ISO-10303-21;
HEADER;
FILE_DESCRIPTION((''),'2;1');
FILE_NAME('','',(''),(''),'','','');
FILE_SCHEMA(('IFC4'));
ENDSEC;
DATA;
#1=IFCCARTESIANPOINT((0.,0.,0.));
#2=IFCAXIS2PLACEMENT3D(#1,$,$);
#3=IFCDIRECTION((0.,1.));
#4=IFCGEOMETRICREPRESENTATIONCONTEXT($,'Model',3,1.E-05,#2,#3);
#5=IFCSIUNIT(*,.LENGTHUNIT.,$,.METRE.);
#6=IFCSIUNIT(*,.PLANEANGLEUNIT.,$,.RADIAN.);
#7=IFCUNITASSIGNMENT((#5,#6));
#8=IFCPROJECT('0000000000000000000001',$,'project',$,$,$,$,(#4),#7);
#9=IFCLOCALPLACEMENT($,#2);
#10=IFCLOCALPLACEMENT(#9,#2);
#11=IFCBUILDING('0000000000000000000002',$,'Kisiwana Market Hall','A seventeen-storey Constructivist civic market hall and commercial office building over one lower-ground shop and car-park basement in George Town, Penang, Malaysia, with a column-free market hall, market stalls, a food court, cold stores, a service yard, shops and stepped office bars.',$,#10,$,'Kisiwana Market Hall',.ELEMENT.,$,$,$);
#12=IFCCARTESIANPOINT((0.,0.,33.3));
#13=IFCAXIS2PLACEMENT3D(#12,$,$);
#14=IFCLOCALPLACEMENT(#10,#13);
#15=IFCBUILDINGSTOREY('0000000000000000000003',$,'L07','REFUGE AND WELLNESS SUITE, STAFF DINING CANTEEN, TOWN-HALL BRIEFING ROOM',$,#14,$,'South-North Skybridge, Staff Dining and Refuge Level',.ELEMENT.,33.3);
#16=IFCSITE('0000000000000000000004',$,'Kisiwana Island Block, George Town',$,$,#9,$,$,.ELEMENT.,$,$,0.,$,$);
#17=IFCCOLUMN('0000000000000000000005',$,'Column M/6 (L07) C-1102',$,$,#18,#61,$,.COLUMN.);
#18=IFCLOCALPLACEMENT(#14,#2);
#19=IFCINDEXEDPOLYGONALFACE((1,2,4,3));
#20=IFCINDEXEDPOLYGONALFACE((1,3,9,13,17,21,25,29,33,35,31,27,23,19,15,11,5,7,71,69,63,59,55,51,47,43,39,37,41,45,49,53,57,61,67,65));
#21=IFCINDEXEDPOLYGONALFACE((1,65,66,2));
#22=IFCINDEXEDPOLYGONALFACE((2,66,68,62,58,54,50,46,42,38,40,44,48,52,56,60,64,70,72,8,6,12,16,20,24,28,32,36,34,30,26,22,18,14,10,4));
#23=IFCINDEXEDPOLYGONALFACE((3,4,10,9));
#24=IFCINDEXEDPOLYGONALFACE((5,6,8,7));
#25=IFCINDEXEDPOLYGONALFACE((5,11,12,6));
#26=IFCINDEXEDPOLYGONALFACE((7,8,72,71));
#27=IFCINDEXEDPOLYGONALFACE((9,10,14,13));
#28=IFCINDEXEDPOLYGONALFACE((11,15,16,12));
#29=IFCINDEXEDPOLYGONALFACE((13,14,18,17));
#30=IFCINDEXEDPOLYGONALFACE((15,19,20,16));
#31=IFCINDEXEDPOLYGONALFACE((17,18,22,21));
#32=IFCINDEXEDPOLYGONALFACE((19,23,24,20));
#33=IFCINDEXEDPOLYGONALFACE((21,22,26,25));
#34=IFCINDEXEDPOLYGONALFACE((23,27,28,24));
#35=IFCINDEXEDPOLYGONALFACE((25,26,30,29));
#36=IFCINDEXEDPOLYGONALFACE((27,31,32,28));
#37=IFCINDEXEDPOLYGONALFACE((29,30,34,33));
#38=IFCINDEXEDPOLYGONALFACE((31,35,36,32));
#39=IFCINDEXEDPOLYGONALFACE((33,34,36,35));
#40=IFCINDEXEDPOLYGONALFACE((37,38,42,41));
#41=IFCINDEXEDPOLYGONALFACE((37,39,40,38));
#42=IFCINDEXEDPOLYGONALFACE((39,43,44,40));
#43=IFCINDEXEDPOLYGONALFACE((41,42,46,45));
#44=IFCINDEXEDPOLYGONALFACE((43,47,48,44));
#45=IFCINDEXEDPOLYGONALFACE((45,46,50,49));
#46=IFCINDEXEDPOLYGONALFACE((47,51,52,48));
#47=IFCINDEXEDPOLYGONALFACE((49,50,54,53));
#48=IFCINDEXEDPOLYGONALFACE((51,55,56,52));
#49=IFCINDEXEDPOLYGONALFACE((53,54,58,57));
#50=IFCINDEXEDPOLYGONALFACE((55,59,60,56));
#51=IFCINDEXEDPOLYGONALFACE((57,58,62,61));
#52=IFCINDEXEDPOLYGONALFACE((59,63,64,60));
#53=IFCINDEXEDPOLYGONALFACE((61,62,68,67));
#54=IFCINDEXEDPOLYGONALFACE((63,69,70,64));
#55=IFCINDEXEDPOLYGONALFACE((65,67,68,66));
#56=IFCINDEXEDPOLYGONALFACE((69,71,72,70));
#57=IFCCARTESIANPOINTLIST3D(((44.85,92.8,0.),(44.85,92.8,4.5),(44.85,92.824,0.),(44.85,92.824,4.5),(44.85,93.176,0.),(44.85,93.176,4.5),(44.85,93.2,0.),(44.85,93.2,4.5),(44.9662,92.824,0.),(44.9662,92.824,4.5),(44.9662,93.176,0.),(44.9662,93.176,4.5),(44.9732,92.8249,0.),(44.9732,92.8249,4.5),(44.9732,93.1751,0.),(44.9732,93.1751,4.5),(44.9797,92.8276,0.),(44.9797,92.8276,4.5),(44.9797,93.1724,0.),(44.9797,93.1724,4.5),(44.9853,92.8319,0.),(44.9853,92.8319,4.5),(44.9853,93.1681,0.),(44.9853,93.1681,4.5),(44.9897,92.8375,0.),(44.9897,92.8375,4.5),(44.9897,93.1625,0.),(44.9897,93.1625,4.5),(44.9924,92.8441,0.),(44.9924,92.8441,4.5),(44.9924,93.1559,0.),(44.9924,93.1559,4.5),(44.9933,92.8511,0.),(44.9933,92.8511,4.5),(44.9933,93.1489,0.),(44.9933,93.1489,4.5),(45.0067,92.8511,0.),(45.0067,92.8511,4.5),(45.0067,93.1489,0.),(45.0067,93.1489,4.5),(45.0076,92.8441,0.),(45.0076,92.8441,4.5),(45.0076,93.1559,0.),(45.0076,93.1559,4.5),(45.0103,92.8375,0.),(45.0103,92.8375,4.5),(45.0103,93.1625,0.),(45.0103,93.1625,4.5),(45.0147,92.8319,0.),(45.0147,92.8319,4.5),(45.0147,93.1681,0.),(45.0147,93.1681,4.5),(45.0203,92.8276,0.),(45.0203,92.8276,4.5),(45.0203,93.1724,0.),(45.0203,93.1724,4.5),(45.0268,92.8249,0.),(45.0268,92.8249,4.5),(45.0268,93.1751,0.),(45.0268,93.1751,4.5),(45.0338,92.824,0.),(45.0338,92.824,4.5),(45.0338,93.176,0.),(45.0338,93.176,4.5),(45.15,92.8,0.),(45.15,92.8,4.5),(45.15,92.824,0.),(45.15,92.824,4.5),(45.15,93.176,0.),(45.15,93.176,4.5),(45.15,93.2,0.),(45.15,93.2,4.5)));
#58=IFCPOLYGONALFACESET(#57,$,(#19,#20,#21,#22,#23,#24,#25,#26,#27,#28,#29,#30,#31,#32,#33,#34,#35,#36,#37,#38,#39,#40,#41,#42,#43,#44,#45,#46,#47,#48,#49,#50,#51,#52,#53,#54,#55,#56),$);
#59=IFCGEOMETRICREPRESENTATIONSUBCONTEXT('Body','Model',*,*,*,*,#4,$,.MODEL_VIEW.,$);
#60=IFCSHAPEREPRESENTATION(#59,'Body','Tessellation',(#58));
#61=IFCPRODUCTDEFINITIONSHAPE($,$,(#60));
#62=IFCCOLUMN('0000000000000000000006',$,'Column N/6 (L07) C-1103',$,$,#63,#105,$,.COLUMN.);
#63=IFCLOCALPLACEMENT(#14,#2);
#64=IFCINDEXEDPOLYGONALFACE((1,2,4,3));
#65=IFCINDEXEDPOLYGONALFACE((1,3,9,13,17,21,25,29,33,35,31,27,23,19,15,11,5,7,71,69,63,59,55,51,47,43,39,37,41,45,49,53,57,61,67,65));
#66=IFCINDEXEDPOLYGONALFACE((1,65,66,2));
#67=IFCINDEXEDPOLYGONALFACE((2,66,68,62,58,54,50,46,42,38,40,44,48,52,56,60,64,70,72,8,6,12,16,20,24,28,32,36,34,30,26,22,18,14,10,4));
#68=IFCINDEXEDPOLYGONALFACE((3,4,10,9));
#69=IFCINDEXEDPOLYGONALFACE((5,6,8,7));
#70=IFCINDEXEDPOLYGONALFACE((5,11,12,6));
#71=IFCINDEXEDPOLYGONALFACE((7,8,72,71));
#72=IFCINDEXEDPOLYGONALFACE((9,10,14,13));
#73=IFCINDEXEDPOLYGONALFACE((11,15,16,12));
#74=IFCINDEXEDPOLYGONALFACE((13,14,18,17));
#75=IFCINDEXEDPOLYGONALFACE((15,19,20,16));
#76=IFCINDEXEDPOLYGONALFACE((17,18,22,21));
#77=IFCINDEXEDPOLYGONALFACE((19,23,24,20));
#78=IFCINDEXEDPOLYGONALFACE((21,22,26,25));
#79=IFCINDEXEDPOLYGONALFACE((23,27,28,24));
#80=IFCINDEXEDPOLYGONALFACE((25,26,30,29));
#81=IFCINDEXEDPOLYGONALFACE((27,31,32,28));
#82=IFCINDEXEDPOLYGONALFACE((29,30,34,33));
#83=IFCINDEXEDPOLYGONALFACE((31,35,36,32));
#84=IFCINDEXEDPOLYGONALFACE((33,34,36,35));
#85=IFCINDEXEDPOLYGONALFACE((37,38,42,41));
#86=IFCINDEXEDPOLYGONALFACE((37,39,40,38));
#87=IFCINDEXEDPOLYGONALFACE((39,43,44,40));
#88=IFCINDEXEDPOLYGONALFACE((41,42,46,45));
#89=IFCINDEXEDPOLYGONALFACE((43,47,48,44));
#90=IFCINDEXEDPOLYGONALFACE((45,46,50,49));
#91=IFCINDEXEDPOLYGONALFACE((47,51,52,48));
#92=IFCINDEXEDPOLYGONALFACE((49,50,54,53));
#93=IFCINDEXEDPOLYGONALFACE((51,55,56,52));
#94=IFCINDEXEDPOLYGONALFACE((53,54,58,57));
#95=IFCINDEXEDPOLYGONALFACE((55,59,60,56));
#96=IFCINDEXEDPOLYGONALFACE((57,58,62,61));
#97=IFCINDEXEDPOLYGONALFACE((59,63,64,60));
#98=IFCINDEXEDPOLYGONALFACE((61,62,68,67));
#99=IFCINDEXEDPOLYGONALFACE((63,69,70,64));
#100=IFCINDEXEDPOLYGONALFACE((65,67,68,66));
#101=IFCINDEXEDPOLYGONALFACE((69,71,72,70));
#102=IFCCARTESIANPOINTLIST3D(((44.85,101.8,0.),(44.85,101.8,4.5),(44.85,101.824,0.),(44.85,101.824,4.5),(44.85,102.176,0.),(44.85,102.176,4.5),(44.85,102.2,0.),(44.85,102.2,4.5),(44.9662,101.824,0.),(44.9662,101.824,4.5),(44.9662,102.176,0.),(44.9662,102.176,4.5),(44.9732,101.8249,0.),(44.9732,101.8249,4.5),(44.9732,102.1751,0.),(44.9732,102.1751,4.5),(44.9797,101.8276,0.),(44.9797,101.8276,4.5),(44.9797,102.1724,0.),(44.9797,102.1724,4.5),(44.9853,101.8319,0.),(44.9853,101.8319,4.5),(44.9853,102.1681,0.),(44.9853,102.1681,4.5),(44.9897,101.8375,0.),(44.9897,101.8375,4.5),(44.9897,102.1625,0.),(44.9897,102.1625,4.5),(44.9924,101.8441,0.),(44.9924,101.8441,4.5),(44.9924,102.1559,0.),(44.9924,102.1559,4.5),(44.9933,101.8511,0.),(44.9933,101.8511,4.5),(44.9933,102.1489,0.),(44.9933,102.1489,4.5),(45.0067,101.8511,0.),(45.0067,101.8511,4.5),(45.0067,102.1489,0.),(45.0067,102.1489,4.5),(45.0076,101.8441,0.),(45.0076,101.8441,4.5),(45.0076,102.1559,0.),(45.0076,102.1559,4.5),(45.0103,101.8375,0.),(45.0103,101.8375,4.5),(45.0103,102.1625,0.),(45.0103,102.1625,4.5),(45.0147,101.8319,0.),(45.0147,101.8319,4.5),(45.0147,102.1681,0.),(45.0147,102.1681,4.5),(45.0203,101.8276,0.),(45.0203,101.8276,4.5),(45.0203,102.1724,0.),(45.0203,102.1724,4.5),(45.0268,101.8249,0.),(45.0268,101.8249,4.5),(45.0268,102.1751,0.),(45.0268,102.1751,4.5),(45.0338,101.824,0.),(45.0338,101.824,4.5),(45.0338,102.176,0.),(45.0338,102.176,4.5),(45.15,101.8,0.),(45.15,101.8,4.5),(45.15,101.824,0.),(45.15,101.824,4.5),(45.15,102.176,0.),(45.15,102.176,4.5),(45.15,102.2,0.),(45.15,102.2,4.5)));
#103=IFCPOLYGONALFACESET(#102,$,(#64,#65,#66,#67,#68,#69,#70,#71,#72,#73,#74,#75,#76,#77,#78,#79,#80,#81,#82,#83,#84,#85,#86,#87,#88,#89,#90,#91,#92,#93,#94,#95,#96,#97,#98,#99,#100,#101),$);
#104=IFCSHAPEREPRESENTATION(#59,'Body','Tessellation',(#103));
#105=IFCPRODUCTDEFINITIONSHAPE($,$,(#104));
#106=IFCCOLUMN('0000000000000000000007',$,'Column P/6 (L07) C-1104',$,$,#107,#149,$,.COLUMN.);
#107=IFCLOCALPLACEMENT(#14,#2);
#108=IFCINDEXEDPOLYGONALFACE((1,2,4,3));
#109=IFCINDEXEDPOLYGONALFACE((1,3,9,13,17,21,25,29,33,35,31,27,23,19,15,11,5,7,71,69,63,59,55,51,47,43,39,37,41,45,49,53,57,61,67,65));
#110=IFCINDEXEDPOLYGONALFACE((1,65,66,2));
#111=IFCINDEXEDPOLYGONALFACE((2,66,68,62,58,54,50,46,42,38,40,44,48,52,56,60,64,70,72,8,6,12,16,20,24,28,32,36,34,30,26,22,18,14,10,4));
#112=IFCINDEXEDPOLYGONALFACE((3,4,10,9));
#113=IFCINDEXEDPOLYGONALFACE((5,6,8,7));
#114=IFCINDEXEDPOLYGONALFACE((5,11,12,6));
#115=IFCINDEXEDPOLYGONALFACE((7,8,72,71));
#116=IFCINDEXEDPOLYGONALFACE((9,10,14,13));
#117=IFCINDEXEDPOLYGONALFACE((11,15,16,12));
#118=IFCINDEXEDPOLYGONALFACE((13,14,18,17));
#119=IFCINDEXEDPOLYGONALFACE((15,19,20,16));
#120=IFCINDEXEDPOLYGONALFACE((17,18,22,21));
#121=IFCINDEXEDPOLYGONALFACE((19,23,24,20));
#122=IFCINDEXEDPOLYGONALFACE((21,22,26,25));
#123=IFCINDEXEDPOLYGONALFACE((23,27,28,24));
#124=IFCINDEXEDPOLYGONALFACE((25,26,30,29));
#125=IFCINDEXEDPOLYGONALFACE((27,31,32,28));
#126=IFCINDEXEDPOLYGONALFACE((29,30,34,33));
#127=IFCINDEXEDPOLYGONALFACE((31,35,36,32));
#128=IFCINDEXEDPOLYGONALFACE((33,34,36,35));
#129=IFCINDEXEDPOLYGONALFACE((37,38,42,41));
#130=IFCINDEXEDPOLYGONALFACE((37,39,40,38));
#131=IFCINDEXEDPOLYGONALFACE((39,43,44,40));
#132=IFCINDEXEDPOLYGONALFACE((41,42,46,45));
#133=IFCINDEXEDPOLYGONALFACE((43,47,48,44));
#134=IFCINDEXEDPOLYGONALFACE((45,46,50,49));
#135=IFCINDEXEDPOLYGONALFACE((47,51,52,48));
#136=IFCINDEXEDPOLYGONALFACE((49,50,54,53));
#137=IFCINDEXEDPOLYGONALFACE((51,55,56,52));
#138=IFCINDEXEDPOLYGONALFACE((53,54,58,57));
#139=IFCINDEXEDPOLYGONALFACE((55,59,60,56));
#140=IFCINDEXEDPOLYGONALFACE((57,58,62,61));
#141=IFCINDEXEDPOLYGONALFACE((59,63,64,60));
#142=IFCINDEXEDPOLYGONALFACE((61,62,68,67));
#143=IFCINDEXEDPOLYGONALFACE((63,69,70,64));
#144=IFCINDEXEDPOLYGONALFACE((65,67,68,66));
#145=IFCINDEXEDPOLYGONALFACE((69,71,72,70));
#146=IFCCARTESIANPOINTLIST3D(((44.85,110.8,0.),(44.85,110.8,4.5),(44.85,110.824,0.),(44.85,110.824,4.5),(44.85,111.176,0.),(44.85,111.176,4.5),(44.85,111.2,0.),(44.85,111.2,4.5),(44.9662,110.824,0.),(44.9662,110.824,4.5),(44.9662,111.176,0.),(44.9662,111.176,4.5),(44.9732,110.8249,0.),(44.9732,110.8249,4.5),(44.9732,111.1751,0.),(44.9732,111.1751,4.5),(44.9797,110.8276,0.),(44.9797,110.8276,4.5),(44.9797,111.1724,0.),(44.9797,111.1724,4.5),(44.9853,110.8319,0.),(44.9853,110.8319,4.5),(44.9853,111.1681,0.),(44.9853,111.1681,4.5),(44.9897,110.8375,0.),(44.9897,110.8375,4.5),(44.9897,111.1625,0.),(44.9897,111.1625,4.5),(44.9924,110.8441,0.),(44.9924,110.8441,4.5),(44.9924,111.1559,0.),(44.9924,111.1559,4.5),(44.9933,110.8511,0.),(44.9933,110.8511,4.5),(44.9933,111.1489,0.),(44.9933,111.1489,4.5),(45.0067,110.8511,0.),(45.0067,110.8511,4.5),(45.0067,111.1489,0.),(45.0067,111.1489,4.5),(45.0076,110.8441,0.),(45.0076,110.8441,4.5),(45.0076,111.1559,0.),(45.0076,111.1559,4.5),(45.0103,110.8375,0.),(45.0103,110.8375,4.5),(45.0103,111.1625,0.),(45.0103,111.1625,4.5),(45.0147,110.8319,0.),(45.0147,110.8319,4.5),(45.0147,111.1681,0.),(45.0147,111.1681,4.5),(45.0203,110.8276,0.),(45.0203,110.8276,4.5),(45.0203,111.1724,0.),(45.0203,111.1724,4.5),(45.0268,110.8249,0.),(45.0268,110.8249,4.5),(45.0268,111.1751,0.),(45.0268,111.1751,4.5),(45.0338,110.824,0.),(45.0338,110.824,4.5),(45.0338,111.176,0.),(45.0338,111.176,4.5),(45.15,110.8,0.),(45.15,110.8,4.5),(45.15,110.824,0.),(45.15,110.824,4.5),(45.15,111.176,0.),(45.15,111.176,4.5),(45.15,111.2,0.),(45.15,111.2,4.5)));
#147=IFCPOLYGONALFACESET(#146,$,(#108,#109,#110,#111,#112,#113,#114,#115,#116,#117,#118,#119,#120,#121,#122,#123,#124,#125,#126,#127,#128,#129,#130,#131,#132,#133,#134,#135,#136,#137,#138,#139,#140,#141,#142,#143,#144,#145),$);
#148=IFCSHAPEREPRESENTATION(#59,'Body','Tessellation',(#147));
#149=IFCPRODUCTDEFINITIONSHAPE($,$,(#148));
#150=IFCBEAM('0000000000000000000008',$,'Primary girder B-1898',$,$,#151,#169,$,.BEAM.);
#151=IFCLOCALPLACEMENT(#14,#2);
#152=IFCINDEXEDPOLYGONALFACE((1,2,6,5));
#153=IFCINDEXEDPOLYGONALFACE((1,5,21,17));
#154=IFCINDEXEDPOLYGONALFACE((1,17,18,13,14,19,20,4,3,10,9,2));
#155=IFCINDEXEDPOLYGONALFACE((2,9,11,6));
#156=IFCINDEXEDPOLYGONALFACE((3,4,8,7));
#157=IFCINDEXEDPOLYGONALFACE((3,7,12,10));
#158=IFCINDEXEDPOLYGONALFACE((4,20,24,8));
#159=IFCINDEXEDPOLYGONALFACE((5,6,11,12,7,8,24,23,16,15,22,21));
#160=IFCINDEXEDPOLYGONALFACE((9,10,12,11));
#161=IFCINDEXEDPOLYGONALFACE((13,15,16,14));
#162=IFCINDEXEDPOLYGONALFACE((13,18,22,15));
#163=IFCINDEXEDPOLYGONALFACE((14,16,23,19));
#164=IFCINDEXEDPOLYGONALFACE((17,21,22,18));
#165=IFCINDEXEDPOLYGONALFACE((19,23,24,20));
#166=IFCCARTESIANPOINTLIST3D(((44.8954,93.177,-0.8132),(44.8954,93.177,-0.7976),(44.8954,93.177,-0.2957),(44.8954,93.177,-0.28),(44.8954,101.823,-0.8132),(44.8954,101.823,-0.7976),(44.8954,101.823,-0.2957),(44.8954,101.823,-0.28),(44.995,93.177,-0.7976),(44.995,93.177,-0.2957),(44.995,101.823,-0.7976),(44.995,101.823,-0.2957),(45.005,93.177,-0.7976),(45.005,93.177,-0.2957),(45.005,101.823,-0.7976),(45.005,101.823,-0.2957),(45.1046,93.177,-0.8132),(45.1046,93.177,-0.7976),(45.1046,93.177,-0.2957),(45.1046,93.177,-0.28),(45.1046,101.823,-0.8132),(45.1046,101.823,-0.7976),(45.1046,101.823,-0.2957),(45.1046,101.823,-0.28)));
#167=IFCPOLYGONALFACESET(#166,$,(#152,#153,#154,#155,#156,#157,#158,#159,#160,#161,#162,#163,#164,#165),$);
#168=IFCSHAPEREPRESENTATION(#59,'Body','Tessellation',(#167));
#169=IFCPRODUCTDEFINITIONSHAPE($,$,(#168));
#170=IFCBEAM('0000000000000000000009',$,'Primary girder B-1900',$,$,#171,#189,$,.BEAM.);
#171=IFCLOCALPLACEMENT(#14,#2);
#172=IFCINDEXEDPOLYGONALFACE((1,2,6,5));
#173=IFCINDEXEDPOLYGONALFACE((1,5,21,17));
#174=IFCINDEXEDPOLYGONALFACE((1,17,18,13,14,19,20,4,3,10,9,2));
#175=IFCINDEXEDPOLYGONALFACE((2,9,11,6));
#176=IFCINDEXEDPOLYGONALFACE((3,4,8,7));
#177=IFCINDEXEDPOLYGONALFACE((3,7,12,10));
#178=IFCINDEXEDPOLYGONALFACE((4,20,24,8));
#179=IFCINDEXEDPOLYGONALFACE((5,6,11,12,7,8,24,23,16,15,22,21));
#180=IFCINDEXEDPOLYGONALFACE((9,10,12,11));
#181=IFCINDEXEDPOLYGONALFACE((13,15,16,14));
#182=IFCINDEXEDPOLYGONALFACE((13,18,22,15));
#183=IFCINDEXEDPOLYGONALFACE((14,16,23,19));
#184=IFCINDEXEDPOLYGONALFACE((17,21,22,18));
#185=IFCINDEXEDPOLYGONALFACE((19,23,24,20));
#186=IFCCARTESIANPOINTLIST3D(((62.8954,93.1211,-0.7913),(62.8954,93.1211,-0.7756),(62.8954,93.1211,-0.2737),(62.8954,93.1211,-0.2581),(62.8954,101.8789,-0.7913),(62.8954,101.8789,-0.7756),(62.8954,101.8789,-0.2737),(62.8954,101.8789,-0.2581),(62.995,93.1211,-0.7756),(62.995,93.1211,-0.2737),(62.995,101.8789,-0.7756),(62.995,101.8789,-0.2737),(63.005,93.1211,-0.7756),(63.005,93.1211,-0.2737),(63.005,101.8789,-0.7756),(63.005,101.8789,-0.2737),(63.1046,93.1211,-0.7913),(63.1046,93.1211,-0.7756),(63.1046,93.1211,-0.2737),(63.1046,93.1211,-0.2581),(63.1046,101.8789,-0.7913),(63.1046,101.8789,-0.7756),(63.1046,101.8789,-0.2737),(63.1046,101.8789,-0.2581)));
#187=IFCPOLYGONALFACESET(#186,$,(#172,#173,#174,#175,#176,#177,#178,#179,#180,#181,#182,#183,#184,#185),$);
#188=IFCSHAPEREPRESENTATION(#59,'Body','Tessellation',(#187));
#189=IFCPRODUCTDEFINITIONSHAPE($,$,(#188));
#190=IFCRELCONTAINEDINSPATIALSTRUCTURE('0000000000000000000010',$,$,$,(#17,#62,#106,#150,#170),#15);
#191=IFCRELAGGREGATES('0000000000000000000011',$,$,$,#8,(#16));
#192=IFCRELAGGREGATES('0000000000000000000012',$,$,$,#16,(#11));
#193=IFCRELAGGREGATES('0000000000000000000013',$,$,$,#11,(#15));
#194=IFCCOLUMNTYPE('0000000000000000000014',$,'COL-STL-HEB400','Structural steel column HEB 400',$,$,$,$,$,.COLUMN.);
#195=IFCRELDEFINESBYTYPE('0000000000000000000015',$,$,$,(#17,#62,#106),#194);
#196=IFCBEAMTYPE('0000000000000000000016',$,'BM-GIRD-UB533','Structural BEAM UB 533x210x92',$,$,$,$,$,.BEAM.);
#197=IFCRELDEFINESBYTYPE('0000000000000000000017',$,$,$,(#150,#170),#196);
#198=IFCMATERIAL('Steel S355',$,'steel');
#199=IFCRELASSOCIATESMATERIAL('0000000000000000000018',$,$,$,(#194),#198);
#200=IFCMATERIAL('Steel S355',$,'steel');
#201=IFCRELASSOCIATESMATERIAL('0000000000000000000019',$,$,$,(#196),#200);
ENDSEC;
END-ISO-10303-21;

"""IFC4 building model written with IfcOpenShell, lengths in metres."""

from ifc_helpers import new_model, si_unit, direction, frame, origin, origin_2d, place, context, subcontext, project, spatial, i_section, extrude, material, material_profile, profile_set, type_object, element, save


model = new_model("IFC4")

# Units and contexts
model_context = context("Model", 3, precision=1e-05, world=origin(), true_north=direction((0.0, 1.0)))
body_context = subcontext(model_context, "Body", "Model", "MODEL_VIEW")
ifc_project = project(units=[si_unit("LENGTHUNIT", "METRE"), si_unit("PLANEANGLEUNIT", "RADIAN")], contexts=[model_context])

# Site, building, storey
site_placement = place(None, origin())
site = spatial("IfcSite", under=ifc_project, at=site_placement, Name="Kisiwana Island Block, George Town", CompositionType="ELEMENT", RefElevation=0.0)
building_placement = place(site_placement, origin())
building = spatial("IfcBuilding", under=site, at=building_placement, Name="Kisiwana Market Hall", Description="A seventeen-storey Constructivist civic market hall and commercial office building over one lower-ground shop and car-park basement in George Town, Penang, Malaysia, with a column-free market hall, market stalls, a food court, cold stores, a service yard, shops and stepped office bars.", LongName="Kisiwana Market Hall", CompositionType="ELEMENT")
storey_placement = place(building_placement, frame((0.0, 0.0, 33.3)))
storey = spatial("IfcBuildingStorey", under=building, at=storey_placement, Name="L07", Description="REFUGE AND WELLNESS SUITE, STAFF DINING CANTEEN, TOWN-HALL BRIEFING ROOM", LongName="South-North Skybridge, Staff Dining and Refuge Level", CompositionType="ELEMENT", Elevation=33.3)

# Columns
ifc_material_1 = material(Name="Steel S355", Category="steel")
ifc_material_profile_1 = material_profile(ifc_material_1, i_section(OverallWidth=0.3, OverallDepth=0.3999, WebThickness=0.0134, FlangeThickness=0.0239, FilletRadius=0.0271, at=origin_2d()), Name="HEB 400")
ifc_profile_set_1 = profile_set([ifc_material_profile_1], Name="Steel S355")
column_type = type_object("IfcColumnType", Name="COL-STL-HEB400", Description="Structural steel column HEB 400", PredefinedType="COLUMN", material=ifc_profile_set_1)
for number, where, z_axis, x_axis, name in (
    (1, (45.0, 93.0, 0.0), (0.0, 0.0, 1.0), (1.0, 0.0, 0.0), "Column M/6 (L07) C-1102"),
    (2, (45.0, 102.0, 0.0), (0.0, 0.0, 1.0), (1.0, 0.0, 0.0), "Column N/6 (L07) C-1103"),
    (3, (45.0, 111.0, 0.0), (0.0, 0.0, 1.0), (1.0, 0.0, 0.0), "Column P/6 (L07) C-1104"),
):
    element("IfcColumn", number, at=place(storey_placement, frame(where, z_axis=z_axis, x_axis=x_axis)), inside=storey, type_object=column_type, Name=name, PredefinedType="COLUMN", context=body_context, shape_type="SweptSolid", body=[
        extrude(i_section(OverallWidth=0.3, OverallDepth=0.3999, WebThickness=0.0134, FlangeThickness=0.0239, FilletRadius=0.0271, at=origin_2d()), origin(), (0.0, 0.0, 1.0), 4.5),
    ])

# Beams
ifc_material_2 = material(Name="Steel S355", Category="steel")
ifc_material_profile_2 = material_profile(ifc_material_2, i_section(OverallWidth=0.2092, OverallDepth=0.5332, WebThickness=0.01, FlangeThickness=0.0156, at=origin_2d()), Name="UB 533x210x92")
ifc_profile_set_2 = profile_set([ifc_material_profile_2], Name="Steel S355")
beam_type_1 = type_object("IfcBeamType", Name="BM-GIRD-UB533", Description="Structural BEAM UB 533x210x92", PredefinedType="BEAM", material=ifc_profile_set_2)
beam_1_placement = place(storey_placement, frame((45.0, 93.177, -0.5466), z_axis=(0.0, 1.0, 0.0), x_axis=(-1.0, 0.0, 0.0)))
element("IfcBeam", 4, at=beam_1_placement, inside=storey, type_object=beam_type_1, Name="Primary girder B-1898", PredefinedType="BEAM", context=body_context, shape_type="SweptSolid", body=[
    extrude(i_section(OverallWidth=0.2092, OverallDepth=0.5332, WebThickness=0.01, FlangeThickness=0.0156, at=origin_2d()), origin(), (0.0, 0.0, 1.0), 8.646),
])
for number, where, z_axis, x_axis, name in (
    (5, (63.0, 93.1211, -0.5247), (0.0, 1.0, 0.0), (-1.0, 0.0, 0.0), "Primary girder B-1900"),
):
    element("IfcBeam", number, at=place(storey_placement, frame(where, z_axis=z_axis, x_axis=x_axis)), inside=storey, type_object=beam_type_1, Name=name, PredefinedType="BEAM", context=body_context, shape_type="SweptSolid", body=[
        extrude(i_section(OverallWidth=0.2092, OverallDepth=0.5332, WebThickness=0.01, FlangeThickness=0.0156, at=origin_2d()), origin(), (0.0, 0.0, 1.0), 8.7578),
    ])

save(model, "model.ifc")
